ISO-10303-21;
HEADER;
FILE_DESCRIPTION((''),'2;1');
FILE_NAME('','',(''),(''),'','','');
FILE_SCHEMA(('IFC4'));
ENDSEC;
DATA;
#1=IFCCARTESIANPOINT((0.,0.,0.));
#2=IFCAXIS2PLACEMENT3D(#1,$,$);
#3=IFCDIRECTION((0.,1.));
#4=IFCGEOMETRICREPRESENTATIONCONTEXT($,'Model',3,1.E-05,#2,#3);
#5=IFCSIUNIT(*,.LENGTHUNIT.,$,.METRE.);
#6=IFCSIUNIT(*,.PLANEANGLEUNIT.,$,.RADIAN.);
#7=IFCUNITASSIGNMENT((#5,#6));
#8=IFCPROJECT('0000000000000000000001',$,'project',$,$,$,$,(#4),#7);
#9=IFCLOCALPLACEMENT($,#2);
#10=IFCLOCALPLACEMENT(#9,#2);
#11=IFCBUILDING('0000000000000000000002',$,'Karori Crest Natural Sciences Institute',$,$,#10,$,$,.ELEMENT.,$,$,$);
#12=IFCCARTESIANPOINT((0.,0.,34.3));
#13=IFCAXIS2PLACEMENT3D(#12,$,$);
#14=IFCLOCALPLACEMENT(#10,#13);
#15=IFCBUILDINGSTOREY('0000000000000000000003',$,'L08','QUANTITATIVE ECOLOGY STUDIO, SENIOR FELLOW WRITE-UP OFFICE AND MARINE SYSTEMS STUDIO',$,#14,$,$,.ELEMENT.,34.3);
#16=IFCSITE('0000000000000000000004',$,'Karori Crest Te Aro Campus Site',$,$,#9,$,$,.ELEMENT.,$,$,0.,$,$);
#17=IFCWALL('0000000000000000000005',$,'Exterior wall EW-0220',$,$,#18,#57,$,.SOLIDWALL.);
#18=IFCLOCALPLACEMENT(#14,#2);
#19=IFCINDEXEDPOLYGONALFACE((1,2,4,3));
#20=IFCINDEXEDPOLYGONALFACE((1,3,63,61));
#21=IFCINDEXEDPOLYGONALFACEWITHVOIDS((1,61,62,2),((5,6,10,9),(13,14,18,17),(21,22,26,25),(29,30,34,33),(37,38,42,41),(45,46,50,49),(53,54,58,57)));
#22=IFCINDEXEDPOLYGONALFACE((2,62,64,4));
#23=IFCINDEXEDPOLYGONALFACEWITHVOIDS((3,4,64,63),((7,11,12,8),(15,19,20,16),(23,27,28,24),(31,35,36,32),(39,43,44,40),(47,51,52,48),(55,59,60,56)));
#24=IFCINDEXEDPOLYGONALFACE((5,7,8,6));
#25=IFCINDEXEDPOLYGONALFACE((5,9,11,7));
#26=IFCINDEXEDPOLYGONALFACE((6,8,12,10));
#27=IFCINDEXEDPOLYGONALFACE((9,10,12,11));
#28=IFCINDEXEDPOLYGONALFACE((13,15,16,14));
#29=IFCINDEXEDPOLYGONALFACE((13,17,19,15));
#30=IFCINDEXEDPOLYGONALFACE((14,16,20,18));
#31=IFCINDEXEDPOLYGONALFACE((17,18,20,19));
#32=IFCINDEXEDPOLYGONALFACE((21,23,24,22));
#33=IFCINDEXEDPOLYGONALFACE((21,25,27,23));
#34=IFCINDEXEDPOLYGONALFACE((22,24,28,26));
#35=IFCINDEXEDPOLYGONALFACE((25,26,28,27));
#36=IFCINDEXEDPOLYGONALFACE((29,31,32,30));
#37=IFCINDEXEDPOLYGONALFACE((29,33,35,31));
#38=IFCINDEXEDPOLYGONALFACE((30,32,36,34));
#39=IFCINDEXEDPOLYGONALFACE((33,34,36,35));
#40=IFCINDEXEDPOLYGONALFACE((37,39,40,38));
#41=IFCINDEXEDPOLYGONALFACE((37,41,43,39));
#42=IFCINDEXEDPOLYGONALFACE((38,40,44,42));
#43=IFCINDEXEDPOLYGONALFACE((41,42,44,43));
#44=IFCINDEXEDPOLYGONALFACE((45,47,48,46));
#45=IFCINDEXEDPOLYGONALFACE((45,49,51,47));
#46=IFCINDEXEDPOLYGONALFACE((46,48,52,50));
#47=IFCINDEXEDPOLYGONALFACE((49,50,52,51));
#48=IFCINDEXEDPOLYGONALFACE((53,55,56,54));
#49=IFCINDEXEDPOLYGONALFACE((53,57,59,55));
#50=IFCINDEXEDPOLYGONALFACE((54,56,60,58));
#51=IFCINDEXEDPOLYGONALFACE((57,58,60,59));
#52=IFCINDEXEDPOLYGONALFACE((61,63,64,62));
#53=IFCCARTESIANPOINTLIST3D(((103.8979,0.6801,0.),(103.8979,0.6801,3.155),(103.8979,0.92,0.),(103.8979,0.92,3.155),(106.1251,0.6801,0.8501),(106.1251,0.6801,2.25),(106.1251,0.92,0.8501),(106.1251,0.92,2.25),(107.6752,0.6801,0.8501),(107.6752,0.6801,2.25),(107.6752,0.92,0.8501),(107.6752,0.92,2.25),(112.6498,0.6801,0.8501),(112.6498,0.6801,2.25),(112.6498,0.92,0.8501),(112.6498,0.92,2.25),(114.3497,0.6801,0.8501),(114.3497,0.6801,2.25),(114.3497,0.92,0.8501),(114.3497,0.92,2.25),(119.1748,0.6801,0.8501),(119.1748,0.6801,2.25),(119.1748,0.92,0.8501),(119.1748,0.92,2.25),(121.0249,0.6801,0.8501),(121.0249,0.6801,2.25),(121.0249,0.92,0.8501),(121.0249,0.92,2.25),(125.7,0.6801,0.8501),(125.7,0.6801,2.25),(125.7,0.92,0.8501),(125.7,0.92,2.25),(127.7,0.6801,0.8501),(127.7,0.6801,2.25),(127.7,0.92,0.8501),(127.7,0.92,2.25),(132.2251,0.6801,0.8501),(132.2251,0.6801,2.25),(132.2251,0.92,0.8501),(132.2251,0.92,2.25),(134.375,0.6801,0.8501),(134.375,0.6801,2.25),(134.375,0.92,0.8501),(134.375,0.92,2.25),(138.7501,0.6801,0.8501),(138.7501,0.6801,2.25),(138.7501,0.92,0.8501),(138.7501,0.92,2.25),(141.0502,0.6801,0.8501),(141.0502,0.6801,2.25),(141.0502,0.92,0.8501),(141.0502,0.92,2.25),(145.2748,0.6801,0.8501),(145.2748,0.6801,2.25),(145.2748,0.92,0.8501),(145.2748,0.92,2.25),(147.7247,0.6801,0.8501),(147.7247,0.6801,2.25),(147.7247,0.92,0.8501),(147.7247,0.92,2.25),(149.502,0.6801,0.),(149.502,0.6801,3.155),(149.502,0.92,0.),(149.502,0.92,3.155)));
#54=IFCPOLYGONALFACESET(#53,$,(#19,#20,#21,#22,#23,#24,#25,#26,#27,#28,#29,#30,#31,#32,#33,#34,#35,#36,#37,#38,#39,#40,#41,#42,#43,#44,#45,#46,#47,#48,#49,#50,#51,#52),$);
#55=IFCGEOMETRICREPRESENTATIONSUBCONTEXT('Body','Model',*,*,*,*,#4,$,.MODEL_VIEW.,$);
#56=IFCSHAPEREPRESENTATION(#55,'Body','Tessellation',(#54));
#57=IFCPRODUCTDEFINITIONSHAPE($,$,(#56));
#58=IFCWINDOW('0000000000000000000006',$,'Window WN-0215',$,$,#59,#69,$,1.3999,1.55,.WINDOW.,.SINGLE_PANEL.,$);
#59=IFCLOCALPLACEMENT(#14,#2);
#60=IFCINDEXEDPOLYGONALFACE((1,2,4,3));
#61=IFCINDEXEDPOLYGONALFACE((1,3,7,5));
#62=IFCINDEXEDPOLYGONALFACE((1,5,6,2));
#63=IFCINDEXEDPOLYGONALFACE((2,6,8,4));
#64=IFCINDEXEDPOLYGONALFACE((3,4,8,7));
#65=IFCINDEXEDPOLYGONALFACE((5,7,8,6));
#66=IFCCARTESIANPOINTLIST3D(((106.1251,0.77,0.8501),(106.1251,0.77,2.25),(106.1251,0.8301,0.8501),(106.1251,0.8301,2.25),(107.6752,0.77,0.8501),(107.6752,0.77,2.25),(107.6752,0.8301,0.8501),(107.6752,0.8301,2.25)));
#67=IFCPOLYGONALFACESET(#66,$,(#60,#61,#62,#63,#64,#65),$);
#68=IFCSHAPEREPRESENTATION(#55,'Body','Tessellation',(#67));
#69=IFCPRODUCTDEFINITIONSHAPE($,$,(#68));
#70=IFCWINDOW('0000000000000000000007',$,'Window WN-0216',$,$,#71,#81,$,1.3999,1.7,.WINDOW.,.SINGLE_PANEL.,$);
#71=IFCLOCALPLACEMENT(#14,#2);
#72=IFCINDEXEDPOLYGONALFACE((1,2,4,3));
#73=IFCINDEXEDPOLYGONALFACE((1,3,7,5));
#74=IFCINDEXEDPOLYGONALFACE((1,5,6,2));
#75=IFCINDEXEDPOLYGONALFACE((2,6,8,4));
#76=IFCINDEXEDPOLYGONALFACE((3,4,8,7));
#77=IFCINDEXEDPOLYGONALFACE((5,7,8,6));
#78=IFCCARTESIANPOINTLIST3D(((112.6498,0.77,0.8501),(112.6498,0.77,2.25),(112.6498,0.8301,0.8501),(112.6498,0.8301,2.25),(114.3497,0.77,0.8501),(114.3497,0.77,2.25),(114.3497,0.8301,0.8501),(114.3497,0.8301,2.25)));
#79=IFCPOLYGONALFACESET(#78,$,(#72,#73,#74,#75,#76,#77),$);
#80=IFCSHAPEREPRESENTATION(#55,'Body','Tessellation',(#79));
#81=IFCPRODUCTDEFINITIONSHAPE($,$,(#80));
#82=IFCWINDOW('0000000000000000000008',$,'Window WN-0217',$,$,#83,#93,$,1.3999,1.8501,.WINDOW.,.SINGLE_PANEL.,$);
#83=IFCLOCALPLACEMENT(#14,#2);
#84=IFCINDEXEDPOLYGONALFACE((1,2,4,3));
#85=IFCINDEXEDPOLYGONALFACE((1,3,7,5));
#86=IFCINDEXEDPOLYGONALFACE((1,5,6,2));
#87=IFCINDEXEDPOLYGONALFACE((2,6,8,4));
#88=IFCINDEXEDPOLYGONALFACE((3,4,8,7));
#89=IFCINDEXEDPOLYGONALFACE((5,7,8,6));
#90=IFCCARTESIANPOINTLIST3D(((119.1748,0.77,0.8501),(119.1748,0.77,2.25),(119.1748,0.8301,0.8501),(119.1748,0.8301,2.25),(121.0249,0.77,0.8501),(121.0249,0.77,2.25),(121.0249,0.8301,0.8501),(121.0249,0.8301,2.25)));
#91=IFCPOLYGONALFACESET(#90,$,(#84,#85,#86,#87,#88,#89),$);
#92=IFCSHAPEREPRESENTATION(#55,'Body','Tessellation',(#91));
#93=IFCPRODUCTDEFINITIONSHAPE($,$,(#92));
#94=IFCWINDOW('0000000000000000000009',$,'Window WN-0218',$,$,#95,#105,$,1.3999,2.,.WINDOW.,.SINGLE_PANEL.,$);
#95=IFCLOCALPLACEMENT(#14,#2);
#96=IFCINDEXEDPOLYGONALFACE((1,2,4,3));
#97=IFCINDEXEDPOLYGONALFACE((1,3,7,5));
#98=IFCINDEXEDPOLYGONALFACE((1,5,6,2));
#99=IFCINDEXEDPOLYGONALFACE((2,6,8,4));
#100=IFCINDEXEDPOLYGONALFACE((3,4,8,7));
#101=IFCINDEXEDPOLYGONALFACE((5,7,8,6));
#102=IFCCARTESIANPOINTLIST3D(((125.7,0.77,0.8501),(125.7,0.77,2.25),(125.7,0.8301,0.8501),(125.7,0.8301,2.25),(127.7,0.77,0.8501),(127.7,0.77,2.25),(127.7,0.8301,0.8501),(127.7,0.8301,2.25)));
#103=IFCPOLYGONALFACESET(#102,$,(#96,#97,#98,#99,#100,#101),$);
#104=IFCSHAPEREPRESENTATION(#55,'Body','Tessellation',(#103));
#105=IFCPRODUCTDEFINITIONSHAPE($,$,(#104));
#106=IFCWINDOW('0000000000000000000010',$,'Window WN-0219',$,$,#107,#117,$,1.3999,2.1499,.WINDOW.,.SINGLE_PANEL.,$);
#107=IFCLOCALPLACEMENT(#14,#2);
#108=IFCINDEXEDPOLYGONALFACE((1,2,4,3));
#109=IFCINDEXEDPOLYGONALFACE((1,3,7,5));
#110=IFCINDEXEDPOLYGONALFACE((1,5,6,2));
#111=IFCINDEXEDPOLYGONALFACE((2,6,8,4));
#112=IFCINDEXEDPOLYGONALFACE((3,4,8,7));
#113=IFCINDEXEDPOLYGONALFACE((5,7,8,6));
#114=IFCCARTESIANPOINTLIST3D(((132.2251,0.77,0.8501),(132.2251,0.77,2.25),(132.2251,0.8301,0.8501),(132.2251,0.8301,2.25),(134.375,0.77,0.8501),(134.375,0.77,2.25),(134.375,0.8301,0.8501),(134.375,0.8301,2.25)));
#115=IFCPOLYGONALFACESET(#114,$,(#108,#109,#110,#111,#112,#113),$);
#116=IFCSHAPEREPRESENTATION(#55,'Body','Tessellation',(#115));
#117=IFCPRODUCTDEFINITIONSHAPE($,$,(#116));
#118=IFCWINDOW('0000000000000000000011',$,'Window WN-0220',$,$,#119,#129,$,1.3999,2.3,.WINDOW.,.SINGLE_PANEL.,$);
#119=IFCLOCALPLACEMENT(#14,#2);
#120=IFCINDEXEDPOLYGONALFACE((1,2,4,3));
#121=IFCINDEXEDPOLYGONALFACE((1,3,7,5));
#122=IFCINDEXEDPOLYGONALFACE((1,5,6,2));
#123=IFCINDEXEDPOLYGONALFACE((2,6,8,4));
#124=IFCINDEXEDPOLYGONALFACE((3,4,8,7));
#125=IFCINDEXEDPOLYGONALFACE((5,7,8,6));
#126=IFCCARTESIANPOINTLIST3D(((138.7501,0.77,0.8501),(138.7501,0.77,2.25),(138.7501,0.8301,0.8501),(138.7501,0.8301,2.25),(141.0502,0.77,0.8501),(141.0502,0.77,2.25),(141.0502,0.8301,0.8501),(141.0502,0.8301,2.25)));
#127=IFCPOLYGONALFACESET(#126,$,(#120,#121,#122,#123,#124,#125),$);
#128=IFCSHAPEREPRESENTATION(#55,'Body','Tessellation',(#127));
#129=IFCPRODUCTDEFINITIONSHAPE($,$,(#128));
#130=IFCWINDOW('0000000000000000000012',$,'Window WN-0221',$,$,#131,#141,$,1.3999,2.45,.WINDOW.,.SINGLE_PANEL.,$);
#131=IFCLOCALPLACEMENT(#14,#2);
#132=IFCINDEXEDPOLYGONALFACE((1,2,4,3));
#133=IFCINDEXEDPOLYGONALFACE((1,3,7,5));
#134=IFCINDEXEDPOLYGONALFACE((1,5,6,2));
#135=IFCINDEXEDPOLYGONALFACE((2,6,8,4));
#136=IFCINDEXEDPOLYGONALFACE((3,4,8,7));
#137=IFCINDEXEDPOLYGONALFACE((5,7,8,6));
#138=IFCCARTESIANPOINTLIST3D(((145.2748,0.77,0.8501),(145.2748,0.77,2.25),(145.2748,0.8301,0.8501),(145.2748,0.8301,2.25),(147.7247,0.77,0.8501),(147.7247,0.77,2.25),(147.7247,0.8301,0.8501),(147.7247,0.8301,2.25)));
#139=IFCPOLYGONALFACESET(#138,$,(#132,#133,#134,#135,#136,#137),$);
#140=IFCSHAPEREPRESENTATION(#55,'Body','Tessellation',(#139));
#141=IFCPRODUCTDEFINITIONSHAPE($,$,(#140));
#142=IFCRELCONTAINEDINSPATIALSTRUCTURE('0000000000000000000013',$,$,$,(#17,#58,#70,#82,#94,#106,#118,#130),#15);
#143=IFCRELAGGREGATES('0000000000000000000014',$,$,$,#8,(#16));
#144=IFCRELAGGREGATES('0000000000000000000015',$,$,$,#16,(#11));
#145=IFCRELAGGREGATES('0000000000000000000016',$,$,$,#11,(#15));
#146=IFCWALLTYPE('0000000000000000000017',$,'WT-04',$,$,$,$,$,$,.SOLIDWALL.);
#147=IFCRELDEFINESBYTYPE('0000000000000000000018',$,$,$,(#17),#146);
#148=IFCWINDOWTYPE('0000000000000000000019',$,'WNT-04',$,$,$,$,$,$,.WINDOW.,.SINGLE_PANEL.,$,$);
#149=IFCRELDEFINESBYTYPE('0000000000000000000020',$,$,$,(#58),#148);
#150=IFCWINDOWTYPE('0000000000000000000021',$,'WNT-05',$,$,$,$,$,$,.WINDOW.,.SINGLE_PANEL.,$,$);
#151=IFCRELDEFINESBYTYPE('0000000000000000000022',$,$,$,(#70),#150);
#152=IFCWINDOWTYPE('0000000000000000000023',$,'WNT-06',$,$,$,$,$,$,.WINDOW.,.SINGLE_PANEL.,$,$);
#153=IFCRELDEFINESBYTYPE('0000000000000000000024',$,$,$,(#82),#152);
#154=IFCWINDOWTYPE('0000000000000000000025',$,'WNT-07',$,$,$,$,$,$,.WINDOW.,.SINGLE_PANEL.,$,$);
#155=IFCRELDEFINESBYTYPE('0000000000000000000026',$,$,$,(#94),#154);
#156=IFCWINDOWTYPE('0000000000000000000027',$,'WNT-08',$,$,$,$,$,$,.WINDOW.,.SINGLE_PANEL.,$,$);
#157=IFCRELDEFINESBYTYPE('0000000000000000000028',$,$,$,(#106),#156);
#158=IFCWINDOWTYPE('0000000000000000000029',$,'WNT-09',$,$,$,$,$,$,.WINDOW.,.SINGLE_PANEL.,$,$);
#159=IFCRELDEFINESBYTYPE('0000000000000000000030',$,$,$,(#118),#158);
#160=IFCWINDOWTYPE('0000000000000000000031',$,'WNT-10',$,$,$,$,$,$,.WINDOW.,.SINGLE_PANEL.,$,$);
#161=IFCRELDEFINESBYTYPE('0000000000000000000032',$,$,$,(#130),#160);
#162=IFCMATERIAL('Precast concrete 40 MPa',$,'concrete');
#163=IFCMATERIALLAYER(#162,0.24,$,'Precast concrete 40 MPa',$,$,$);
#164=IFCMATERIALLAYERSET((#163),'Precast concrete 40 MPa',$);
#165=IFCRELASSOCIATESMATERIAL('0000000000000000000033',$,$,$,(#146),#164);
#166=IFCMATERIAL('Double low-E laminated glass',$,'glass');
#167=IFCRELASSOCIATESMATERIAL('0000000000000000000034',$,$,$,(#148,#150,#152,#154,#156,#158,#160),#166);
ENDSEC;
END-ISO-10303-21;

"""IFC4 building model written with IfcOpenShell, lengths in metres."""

from ifc_helpers import new_model, si_unit, direction, frame, frame_2d, origin, place, context, subcontext, project, spatial, rectangle, extrude, material, layer, layer_set, type_object, element, fill, save


model = new_model("IFC4")

# Units and contexts
model_context = context("Model", 3, precision=1e-05, world=origin(), true_north=direction((0.0, 1.0)))
body_context = subcontext(model_context, "Body", "Model", "MODEL_VIEW")
ifc_project = project(units=[si_unit("LENGTHUNIT", "METRE"), si_unit("PLANEANGLEUNIT", "RADIAN")], contexts=[model_context])

# Site, building, storey
site_placement = place(None, origin())
site = spatial("IfcSite", under=ifc_project, at=site_placement, Name="Karori Crest Te Aro Campus Site", CompositionType="ELEMENT", RefElevation=0.0)
building_placement = place(site_placement, origin())
building = spatial("IfcBuilding", under=site, at=building_placement, Name="Karori Crest Natural Sciences Institute", CompositionType="ELEMENT")
storey_placement = place(building_placement, frame((0.0, 0.0, 34.3)))
storey = spatial("IfcBuildingStorey", under=building, at=storey_placement, Name="L08", Description="QUANTITATIVE ECOLOGY STUDIO, SENIOR FELLOW WRITE-UP OFFICE AND MARINE SYSTEMS STUDIO", CompositionType="ELEMENT", Elevation=34.3)

# Wall, openings, windows
ifc_material_1 = material(Name="Precast concrete 40 MPa", Category="concrete")
ifc_layer_1 = layer(ifc_material_1, 0.24, Name="Precast concrete 40 MPa")
ifc_layer_set_1 = layer_set([ifc_layer_1], Name="Precast concrete 40 MPa")
wall_type_1 = type_object("IfcWallType", Name="WT-04", PredefinedType="SOLIDWALL", material=ifc_layer_set_1)
wall_1_placement = place(storey_placement, frame((149.502, 0.8, 0.0), z_axis=(0.0, 0.0, 1.0), x_axis=(-1.0, 0.0, 0.0)))
wall_1 = element("IfcWall", 1, at=wall_1_placement, inside=storey, type_object=wall_type_1, Name="Exterior wall EW-0220", PredefinedType="SOLIDWALL", context=body_context, shape_type="SweptSolid", body=[
    extrude(rectangle(XDim=45.604, YDim=0.24, at=frame_2d((22.802, 0.0))), origin(), (0.0, 0.0, 1.0), 3.155),
])
opening_1_placement = place(wall_1_placement, frame((41.8269, 0.0, 0.8501)))
opening_1 = element("IfcOpeningElement", 2, at=opening_1_placement, cuts=wall_1, PredefinedType="OPENING", context=body_context, shape_type="SweptSolid", body=[
    extrude(rectangle(XDim=1.55, YDim=1.3999, at=frame_2d((0.7749, 0.7))), frame((0.0, 0.1299, 0.0), z_axis=(0.0, -1.0, 0.0), x_axis=(1.0, 0.0, 0.0)), (0.0, 0.0, 1.0), 0.26),
])
opening_2_placement = place(wall_1_placement, frame((35.1521, 0.0, 0.8501)))
opening_2 = element("IfcOpeningElement", 3, at=opening_2_placement, cuts=wall_1, PredefinedType="OPENING", context=body_context, shape_type="SweptSolid", body=[
    extrude(rectangle(XDim=1.7, YDim=1.3999, at=frame_2d((0.8501, 0.7))), frame((0.0, 0.1299, 0.0), z_axis=(0.0, -1.0, 0.0), x_axis=(1.0, 0.0, 0.0)), (0.0, 0.0, 1.0), 0.26),
])
opening_3_placement = place(wall_1_placement, frame((28.4771, 0.0, 0.8501)))
opening_3 = element("IfcOpeningElement", 4, at=opening_3_placement, cuts=wall_1, PredefinedType="OPENING", context=body_context, shape_type="SweptSolid", body=[
    extrude(rectangle(XDim=1.8501, YDim=1.3999, at=frame_2d((0.925, 0.7))), frame((0.0, 0.1299, 0.0), z_axis=(0.0, -1.0, 0.0), x_axis=(1.0, 0.0, 0.0)), (0.0, 0.0, 1.0), 0.26),
])
opening_4_placement = place(wall_1_placement, frame((21.802, 0.0, 0.8501)))
opening_4 = element("IfcOpeningElement", 5, at=opening_4_placement, cuts=wall_1, PredefinedType="OPENING", context=body_context, shape_type="SweptSolid", body=[
    extrude(rectangle(XDim=2.0, YDim=1.3999, at=frame_2d((1.0, 0.7))), frame((0.0, 0.1299, 0.0), z_axis=(0.0, -1.0, 0.0), x_axis=(1.0, 0.0, 0.0)), (0.0, 0.0, 1.0), 0.26),
])
opening_5_placement = place(wall_1_placement, frame((15.127, 0.0, 0.8501)))
opening_5 = element("IfcOpeningElement", 6, at=opening_5_placement, cuts=wall_1, PredefinedType="OPENING", context=body_context, shape_type="SweptSolid", body=[
    extrude(rectangle(XDim=2.1499, YDim=1.3999, at=frame_2d((1.075, 0.7))), frame((0.0, 0.1299, 0.0), z_axis=(0.0, -1.0, 0.0), x_axis=(1.0, 0.0, 0.0)), (0.0, 0.0, 1.0), 0.26),
])
opening_6_placement = place(wall_1_placement, frame((8.4519, 0.0, 0.8501)))
opening_6 = element("IfcOpeningElement", 7, at=opening_6_placement, cuts=wall_1, PredefinedType="OPENING", context=body_context, shape_type="SweptSolid", body=[
    extrude(rectangle(XDim=2.3, YDim=1.3999, at=frame_2d((1.1499, 0.7))), frame((0.0, 0.1299, 0.0), z_axis=(0.0, -1.0, 0.0), x_axis=(1.0, 0.0, 0.0)), (0.0, 0.0, 1.0), 0.26),
])
opening_7_placement = place(wall_1_placement, frame((1.7771, 0.0, 0.8501)))
opening_7 = element("IfcOpeningElement", 8, at=opening_7_placement, cuts=wall_1, PredefinedType="OPENING", context=body_context, shape_type="SweptSolid", body=[
    extrude(rectangle(XDim=2.45, YDim=1.3999, at=frame_2d((1.2251, 0.7))), frame((0.0, 0.1299, 0.0), z_axis=(0.0, -1.0, 0.0), x_axis=(1.0, 0.0, 0.0)), (0.0, 0.0, 1.0), 0.26),
])
ifc_material_2 = material(Name="Double low-E laminated glass", Category="glass")
window_type_1 = type_object("IfcWindowType", Name="WNT-04", PartitioningType="SINGLE_PANEL", PredefinedType="WINDOW", material=ifc_material_2)
window_1_placement = place(opening_1_placement, origin())
window_1 = element("IfcWindow", 9, at=window_1_placement, inside=storey, type_object=window_type_1, Name="Window WN-0215", OverallHeight=1.3999, OverallWidth=1.55, PartitioningType="SINGLE_PANEL", PredefinedType="WINDOW", context=body_context, shape_type="SweptSolid", body=[
    extrude(rectangle(XDim=1.55, YDim=1.3999, at=frame_2d((0.7749, 0.7))), frame((0.0, 0.03, 0.0), z_axis=(0.0, -1.0, 0.0), x_axis=(1.0, 0.0, 0.0)), (0.0, 0.0, 1.0), 0.0601),
])
fill(opening_1, window_1)
window_type_2 = type_object("IfcWindowType", Name="WNT-05", PartitioningType="SINGLE_PANEL", PredefinedType="WINDOW", material=ifc_material_2)
window_2_placement = place(opening_2_placement, origin())
window_2 = element("IfcWindow", 10, at=window_2_placement, inside=storey, type_object=window_type_2, Name="Window WN-0216", OverallHeight=1.3999, OverallWidth=1.7, PartitioningType="SINGLE_PANEL", PredefinedType="WINDOW", context=body_context, shape_type="SweptSolid", body=[
    extrude(rectangle(XDim=1.7, YDim=1.3999, at=frame_2d((0.8501, 0.7))), frame((0.0, 0.03, 0.0), z_axis=(0.0, -1.0, 0.0), x_axis=(1.0, 0.0, 0.0)), (0.0, 0.0, 1.0), 0.0601),
])
fill(opening_2, window_2)
window_type_3 = type_object("IfcWindowType", Name="WNT-06", PartitioningType="SINGLE_PANEL", PredefinedType="WINDOW", material=ifc_material_2)
window_3_placement = place(opening_3_placement, origin())
window_3 = element("IfcWindow", 11, at=window_3_placement, inside=storey, type_object=window_type_3, Name="Window WN-0217", OverallHeight=1.3999, OverallWidth=1.8501, PartitioningType="SINGLE_PANEL", PredefinedType="WINDOW", context=body_context, shape_type="SweptSolid", body=[
    extrude(rectangle(XDim=1.8501, YDim=1.3999, at=frame_2d((0.925, 0.7))), frame((0.0, 0.03, 0.0), z_axis=(0.0, -1.0, 0.0), x_axis=(1.0, 0.0, 0.0)), (0.0, 0.0, 1.0), 0.0601),
])
fill(opening_3, window_3)
window_type_4 = type_object("IfcWindowType", Name="WNT-07", PartitioningType="SINGLE_PANEL", PredefinedType="WINDOW", material=ifc_material_2)
window_4_placement = place(opening_4_placement, origin())
window_4 = element("IfcWindow", 12, at=window_4_placement, inside=storey, type_object=window_type_4, Name="Window WN-0218", OverallHeight=1.3999, OverallWidth=2.0, PartitioningType="SINGLE_PANEL", PredefinedType="WINDOW", context=body_context, shape_type="SweptSolid", body=[
    extrude(rectangle(XDim=2.0, YDim=1.3999, at=frame_2d((1.0, 0.7))), frame((0.0, 0.03, 0.0), z_axis=(0.0, -1.0, 0.0), x_axis=(1.0, 0.0, 0.0)), (0.0, 0.0, 1.0), 0.0601),
])
fill(opening_4, window_4)
window_type_5 = type_object("IfcWindowType", Name="WNT-08", PartitioningType="SINGLE_PANEL", PredefinedType="WINDOW", material=ifc_material_2)
window_5_placement = place(opening_5_placement, origin())
window_5 = element("IfcWindow", 13, at=window_5_placement, inside=storey, type_object=window_type_5, Name="Window WN-0219", OverallHeight=1.3999, OverallWidth=2.1499, PartitioningType="SINGLE_PANEL", PredefinedType="WINDOW", context=body_context, shape_type="SweptSolid", body=[
    extrude(rectangle(XDim=2.1499, YDim=1.3999, at=frame_2d((1.075, 0.7))), frame((0.0, 0.03, 0.0), z_axis=(0.0, -1.0, 0.0), x_axis=(1.0, 0.0, 0.0)), (0.0, 0.0, 1.0), 0.0601),
])
fill(opening_5, window_5)
window_type_6 = type_object("IfcWindowType", Name="WNT-09", PartitioningType="SINGLE_PANEL", PredefinedType="WINDOW", material=ifc_material_2)
window_6_placement = place(opening_6_placement, origin())
window_6 = element("IfcWindow", 14, at=window_6_placement, inside=storey, type_object=window_type_6, Name="Window WN-0220", OverallHeight=1.3999, OverallWidth=2.3, PartitioningType="SINGLE_PANEL", PredefinedType="WINDOW", context=body_context, shape_type="SweptSolid", body=[
    extrude(rectangle(XDim=2.3, YDim=1.3999, at=frame_2d((1.1499, 0.7))), frame((0.0, 0.03, 0.0), z_axis=(0.0, -1.0, 0.0), x_axis=(1.0, 0.0, 0.0)), (0.0, 0.0, 1.0), 0.0601),
])
fill(opening_6, window_6)
window_type_7 = type_object("IfcWindowType", Name="WNT-10", PartitioningType="SINGLE_PANEL", PredefinedType="WINDOW", material=ifc_material_2)
window_7_placement = place(opening_7_placement, origin())
window_7 = element("IfcWindow", 15, at=window_7_placement, inside=storey, type_object=window_type_7, Name="Window WN-0221", OverallHeight=1.3999, OverallWidth=2.45, PartitioningType="SINGLE_PANEL", PredefinedType="WINDOW", context=body_context, shape_type="SweptSolid", body=[
    extrude(rectangle(XDim=2.45, YDim=1.3999, at=frame_2d((1.2251, 0.7))), frame((0.0, 0.03, 0.0), z_axis=(0.0, -1.0, 0.0), x_axis=(1.0, 0.0, 0.0)), (0.0, 0.0, 1.0), 0.0601),
])
fill(opening_7, window_7)

save(model, "model.ifc")
